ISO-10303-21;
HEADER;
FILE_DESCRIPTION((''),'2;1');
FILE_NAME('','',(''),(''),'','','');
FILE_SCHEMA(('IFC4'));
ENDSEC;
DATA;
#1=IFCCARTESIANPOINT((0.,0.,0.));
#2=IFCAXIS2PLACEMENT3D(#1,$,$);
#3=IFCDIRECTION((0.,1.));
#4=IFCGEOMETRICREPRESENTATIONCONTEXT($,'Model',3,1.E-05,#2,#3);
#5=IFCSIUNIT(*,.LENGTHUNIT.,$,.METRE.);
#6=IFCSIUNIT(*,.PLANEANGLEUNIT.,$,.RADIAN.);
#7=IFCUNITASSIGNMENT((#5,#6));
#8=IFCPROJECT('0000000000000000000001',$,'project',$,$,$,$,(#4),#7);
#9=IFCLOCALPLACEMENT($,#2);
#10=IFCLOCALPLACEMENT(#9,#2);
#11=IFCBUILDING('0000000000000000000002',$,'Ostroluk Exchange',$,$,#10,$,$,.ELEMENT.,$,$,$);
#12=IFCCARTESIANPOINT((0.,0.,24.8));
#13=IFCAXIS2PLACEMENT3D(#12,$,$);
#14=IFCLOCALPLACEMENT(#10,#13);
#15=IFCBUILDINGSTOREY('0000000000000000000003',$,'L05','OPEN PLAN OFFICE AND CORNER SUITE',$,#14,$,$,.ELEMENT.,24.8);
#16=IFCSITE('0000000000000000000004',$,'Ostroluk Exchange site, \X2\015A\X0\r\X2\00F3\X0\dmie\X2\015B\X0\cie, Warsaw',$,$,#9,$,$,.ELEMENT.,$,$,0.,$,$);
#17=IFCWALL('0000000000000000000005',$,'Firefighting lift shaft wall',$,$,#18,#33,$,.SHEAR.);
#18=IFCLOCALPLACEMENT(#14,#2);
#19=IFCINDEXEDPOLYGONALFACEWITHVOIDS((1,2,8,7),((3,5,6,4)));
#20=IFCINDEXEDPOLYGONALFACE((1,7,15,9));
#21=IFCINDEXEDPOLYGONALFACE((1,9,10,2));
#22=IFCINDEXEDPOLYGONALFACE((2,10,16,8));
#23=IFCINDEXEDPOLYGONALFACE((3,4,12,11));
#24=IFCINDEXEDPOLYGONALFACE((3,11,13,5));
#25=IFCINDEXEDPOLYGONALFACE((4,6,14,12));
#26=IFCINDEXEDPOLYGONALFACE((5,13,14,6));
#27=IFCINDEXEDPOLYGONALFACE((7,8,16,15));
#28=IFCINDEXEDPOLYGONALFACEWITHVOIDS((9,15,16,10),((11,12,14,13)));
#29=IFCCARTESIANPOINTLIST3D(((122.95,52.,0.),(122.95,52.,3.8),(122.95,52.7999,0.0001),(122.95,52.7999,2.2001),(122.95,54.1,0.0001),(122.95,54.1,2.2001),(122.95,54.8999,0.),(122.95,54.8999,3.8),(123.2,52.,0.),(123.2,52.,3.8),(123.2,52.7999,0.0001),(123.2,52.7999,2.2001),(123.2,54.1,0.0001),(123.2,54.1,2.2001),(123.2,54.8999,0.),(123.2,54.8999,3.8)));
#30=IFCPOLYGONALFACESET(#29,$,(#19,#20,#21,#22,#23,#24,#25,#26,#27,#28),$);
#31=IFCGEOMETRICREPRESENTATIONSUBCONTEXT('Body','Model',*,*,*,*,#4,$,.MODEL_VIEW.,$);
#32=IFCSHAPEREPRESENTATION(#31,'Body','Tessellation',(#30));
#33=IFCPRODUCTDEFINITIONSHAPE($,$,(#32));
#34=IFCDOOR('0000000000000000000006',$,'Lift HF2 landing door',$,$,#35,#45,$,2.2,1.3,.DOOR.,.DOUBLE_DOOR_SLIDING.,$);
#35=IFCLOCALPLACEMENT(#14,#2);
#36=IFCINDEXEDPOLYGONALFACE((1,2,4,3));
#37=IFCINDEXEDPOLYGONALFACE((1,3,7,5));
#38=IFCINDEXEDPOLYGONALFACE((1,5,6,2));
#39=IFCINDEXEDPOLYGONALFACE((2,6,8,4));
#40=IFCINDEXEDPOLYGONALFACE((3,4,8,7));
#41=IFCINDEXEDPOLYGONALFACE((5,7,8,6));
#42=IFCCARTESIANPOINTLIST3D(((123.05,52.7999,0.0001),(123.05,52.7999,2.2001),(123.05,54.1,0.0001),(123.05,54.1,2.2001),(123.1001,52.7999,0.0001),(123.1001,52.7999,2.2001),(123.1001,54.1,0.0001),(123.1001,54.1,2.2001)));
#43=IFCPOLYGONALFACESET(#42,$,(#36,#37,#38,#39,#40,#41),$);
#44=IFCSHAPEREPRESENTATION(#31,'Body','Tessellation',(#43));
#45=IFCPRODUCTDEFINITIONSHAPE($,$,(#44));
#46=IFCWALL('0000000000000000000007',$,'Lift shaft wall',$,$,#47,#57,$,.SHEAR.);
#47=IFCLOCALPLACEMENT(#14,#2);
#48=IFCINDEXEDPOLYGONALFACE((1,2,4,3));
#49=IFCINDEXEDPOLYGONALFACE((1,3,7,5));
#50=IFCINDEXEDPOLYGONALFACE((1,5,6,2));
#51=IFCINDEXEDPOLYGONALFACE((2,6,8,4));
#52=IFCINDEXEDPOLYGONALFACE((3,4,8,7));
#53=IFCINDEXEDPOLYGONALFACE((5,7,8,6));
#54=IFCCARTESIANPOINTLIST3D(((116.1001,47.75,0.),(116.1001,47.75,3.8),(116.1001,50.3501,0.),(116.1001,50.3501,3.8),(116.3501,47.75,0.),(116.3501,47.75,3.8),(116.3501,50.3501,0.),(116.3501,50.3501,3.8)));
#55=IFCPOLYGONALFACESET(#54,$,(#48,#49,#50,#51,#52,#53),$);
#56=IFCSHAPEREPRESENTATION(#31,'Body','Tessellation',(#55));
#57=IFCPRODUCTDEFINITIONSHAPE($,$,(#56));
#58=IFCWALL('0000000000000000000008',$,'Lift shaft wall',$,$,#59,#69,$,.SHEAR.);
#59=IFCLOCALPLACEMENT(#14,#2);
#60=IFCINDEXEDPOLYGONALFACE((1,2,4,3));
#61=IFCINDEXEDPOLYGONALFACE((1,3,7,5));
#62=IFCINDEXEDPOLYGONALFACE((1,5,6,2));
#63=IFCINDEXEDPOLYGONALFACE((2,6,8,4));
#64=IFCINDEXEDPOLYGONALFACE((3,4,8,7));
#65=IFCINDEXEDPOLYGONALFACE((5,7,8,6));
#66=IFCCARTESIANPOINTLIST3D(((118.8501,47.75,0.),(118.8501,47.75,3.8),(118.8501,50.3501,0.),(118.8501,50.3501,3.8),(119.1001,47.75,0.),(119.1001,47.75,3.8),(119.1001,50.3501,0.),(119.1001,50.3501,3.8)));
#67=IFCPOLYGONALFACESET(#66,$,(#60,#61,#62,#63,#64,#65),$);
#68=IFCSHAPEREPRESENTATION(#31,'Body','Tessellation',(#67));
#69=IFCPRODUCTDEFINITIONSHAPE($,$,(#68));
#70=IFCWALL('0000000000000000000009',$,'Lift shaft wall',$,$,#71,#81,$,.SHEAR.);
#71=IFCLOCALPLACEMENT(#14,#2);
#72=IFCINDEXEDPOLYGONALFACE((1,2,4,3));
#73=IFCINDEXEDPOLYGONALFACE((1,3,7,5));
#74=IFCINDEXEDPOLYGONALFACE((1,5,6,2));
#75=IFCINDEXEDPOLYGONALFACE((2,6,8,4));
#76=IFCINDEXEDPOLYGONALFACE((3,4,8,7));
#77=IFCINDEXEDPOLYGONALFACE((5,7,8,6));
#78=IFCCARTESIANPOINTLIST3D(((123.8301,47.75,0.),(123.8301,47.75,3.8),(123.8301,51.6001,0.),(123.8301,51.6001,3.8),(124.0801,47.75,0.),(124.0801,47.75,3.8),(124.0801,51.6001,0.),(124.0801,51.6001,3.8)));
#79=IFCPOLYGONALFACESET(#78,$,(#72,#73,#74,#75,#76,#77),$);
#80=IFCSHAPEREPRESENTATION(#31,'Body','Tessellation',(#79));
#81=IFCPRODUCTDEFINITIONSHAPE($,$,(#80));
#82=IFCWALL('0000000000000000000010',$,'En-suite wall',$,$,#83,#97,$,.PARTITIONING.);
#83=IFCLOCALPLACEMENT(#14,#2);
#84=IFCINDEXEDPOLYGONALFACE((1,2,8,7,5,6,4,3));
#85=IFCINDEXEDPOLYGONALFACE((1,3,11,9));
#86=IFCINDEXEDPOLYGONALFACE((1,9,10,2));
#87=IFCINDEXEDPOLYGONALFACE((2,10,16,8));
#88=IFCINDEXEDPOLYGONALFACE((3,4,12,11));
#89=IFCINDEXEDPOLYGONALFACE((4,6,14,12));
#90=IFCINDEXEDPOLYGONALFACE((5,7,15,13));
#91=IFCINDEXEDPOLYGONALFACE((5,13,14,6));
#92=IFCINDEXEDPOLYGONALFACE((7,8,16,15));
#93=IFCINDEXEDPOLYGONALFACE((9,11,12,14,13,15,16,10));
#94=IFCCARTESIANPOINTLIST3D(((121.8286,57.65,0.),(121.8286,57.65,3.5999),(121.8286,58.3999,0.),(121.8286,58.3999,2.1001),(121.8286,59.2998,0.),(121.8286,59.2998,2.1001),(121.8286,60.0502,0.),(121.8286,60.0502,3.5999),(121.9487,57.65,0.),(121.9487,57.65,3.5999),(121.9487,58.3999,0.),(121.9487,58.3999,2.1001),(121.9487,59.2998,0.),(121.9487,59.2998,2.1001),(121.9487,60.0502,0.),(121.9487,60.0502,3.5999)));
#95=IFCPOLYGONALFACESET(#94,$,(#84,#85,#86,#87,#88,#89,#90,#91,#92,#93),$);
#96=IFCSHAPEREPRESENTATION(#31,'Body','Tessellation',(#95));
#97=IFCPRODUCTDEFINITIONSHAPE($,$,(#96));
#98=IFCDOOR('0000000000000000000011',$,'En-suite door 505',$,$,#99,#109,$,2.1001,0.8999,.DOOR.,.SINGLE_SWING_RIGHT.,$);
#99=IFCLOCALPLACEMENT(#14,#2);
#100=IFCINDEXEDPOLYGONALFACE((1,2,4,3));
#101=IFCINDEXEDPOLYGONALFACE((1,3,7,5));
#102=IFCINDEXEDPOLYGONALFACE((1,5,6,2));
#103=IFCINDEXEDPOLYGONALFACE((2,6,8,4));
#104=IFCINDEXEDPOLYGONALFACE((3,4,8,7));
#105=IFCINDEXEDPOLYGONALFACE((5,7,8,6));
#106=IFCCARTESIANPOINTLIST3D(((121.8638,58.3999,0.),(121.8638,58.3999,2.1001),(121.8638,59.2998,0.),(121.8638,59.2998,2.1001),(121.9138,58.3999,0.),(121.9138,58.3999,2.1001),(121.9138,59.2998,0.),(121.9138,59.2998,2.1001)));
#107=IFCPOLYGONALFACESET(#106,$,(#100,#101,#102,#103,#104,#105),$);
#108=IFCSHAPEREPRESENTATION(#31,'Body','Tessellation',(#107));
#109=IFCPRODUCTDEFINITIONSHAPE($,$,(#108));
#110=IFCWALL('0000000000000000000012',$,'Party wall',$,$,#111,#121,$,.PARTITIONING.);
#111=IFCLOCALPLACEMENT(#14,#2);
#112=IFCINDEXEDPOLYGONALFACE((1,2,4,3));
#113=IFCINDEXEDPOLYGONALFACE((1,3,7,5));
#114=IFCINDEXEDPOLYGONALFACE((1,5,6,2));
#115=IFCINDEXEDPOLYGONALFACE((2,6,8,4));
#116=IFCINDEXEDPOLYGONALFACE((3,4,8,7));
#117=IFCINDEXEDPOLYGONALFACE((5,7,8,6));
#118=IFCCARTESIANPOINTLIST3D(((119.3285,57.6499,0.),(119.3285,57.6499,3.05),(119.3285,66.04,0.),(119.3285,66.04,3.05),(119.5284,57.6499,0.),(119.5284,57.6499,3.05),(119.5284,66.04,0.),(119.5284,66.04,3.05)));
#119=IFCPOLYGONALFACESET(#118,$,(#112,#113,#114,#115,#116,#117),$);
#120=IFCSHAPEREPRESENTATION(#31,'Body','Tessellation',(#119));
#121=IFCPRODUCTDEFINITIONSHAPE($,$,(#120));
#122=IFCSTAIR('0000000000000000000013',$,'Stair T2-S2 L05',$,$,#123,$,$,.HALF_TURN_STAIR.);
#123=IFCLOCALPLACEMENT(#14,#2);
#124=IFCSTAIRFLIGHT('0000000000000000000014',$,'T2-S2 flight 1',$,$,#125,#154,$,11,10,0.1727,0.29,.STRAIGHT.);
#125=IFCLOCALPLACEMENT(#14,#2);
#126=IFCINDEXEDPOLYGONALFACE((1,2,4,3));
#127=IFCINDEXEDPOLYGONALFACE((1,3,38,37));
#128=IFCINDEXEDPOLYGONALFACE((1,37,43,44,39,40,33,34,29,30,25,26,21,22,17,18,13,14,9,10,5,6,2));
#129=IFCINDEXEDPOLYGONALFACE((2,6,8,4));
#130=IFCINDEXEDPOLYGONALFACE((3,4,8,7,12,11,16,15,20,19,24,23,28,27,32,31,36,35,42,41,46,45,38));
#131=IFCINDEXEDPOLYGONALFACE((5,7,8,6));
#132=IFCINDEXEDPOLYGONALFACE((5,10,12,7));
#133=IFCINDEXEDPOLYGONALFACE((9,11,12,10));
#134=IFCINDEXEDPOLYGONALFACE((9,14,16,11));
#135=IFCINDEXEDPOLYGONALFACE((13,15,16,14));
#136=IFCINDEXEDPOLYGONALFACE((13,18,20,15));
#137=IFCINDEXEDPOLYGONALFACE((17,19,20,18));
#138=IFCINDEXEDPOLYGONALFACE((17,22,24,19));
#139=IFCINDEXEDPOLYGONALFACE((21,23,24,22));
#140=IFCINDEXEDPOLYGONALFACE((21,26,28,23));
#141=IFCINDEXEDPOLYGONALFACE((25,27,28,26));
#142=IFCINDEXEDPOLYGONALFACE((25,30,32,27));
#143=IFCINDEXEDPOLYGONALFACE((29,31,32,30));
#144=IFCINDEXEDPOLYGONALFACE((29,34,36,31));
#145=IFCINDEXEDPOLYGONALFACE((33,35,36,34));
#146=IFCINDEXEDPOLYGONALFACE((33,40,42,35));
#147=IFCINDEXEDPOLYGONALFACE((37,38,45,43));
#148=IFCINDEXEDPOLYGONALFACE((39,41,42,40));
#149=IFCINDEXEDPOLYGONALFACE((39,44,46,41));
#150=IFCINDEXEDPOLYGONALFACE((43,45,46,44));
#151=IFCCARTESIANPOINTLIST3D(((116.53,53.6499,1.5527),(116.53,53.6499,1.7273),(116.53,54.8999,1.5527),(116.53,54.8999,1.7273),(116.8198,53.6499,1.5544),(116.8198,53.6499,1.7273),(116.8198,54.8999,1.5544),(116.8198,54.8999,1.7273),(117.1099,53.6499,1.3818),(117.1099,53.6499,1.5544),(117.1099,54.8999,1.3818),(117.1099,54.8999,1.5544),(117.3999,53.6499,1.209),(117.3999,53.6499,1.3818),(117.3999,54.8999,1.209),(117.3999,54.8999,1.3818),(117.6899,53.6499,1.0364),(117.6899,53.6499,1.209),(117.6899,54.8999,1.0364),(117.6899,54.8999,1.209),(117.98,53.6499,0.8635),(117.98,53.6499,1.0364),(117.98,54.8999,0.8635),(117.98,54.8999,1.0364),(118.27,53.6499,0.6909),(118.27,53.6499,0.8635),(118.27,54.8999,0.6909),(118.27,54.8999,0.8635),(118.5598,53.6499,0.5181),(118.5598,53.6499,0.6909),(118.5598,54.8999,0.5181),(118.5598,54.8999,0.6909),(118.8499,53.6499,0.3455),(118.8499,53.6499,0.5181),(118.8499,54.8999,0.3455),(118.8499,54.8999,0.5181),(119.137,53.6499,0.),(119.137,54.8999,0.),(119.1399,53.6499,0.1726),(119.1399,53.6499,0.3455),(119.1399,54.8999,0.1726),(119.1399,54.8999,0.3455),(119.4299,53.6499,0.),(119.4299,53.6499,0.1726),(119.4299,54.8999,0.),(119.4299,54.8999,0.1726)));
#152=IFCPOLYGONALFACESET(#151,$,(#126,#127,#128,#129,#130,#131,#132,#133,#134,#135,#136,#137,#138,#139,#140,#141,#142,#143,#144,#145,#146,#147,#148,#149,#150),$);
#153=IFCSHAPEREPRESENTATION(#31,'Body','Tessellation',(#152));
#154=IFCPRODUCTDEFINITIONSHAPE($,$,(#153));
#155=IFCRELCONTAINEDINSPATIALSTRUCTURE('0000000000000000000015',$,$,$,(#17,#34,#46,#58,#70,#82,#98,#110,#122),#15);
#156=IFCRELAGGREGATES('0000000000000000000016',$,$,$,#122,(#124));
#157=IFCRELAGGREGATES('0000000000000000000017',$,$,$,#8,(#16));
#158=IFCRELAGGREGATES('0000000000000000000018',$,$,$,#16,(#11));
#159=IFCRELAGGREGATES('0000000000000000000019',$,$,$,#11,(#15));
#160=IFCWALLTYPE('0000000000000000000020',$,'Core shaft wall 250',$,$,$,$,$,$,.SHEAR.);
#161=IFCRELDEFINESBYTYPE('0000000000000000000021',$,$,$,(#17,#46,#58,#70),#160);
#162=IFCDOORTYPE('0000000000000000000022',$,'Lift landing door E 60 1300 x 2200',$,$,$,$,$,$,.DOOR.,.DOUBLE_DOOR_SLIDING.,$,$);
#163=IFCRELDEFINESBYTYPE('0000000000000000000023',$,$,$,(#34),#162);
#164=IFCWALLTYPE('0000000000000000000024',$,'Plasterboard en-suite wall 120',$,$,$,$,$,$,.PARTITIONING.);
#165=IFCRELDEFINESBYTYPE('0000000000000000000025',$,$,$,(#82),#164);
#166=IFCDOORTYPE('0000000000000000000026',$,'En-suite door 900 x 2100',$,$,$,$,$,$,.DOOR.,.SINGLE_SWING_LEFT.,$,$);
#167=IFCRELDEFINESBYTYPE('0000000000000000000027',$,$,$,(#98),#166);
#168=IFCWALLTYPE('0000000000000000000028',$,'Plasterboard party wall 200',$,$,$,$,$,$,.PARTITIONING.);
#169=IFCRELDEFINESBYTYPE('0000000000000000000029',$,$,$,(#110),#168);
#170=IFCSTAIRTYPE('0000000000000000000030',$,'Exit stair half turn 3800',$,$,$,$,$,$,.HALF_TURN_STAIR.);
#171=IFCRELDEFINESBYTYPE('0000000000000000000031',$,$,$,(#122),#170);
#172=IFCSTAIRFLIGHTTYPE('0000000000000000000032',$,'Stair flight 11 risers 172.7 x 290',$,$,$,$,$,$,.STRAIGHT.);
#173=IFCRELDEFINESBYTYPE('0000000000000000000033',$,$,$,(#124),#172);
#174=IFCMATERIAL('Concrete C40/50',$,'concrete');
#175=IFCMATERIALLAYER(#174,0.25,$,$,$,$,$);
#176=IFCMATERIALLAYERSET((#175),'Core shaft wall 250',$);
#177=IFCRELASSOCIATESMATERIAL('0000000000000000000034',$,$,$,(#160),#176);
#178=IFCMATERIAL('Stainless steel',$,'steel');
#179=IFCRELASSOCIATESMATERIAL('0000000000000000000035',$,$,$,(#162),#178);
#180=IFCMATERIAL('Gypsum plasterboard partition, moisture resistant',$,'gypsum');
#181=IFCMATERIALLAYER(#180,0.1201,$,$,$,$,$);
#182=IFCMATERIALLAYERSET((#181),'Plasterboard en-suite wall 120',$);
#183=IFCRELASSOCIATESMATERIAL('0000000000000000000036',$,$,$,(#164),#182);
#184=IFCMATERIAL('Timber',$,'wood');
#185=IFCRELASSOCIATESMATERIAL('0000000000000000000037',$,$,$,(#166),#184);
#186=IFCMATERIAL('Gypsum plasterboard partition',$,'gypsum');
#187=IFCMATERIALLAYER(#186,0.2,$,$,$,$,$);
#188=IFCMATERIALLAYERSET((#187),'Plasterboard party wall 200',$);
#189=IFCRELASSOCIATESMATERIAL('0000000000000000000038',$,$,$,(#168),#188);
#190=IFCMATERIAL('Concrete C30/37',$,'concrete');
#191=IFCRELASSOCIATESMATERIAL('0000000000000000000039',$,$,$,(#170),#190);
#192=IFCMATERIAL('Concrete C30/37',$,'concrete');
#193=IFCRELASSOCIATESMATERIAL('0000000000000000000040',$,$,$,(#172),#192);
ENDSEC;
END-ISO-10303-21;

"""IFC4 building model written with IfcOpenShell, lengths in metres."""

from ifc_helpers import new_model, si_unit, direction, frame, frame_2d, origin, place, context, subcontext, project, spatial, polyline, rectangle, outline, extrude, material, layer, layer_set, type_object, element, fill, aggregate, save


model = new_model("IFC4")

# Units and contexts
model_context = context("Model", 3, precision=1e-05, world=origin(), true_north=direction((0.0, 1.0)))
body_context = subcontext(model_context, "Body", "Model", "MODEL_VIEW")
ifc_project = project(units=[si_unit("LENGTHUNIT", "METRE"), si_unit("PLANEANGLEUNIT", "RADIAN")], contexts=[model_context])

# Site, building, storey
site_placement = place(None, origin())
site = spatial("IfcSite", under=ifc_project, at=site_placement, Name="Ostroluk Exchange site, Śródmieście, Warsaw", CompositionType="ELEMENT", RefElevation=0.0)
building_placement = place(site_placement, origin())
building = spatial("IfcBuilding", under=site, at=building_placement, Name="Ostroluk Exchange", CompositionType="ELEMENT")
storey_placement = place(building_placement, frame((0.0, 0.0, 24.8)))
storey = spatial("IfcBuildingStorey", under=building, at=storey_placement, Name="L05", Description="OPEN PLAN OFFICE AND CORNER SUITE", CompositionType="ELEMENT", Elevation=24.8)

# Wall, opening, door
ifc_material_1 = material(Name="Concrete C40/50", Category="concrete")
ifc_layer_1 = layer(ifc_material_1, 0.25)
ifc_layer_set_1 = layer_set([ifc_layer_1], Name="Core shaft wall 250")
wall_type_1 = type_object("IfcWallType", Name="Core shaft wall 250", PredefinedType="SHEAR", material=ifc_layer_set_1)
wall_1_placement = place(storey_placement, frame((123.075, 52.0, 0.0), z_axis=(0.0, 0.0, 1.0), x_axis=(0.0, 1.0, 0.0)))
wall_1 = element("IfcWall", 1, at=wall_1_placement, inside=storey, type_object=wall_type_1, Name="Firefighting lift shaft wall", PredefinedType="SHEAR", context=body_context, shape_type="SweptSolid", body=[
    extrude(rectangle(XDim=2.8999, YDim=0.25, at=frame_2d((1.45, 0.0))), origin(), (0.0, 0.0, 1.0), 3.8),
])
opening_1_placement = place(wall_1_placement, frame((0.8, 0.0, 0.0)))
opening_1 = element("IfcOpeningElement", 2, at=opening_1_placement, cuts=wall_1, PredefinedType="OPENING", context=body_context, shape_type="SweptSolid", body=[
    extrude(rectangle(XDim=1.3, YDim=2.2, at=frame_2d((0.6499, 1.1001))), frame((0.0, 0.135, 0.0), z_axis=(0.0, -1.0, 0.0), x_axis=(1.0, 0.0, 0.0)), (0.0, 0.0, 1.0), 0.27),
])
ifc_material_2 = material(Name="Stainless steel", Category="steel")
door_type_1 = type_object("IfcDoorType", Name="Lift landing door E 60 1300 x 2200", OperationType="DOUBLE_DOOR_SLIDING", PredefinedType="DOOR", material=ifc_material_2)
door_1_placement = place(opening_1_placement, origin())
door_1 = element("IfcDoor", 3, at=door_1_placement, inside=storey, type_object=door_type_1, Name="Lift HF2 landing door", OperationType="DOUBLE_DOOR_SLIDING", OverallHeight=2.2, OverallWidth=1.3, PredefinedType="DOOR", context=body_context, shape_type="SweptSolid", body=[
    extrude(rectangle(XDim=1.3, YDim=2.2, at=frame_2d((0.6499, 1.1001))), frame((0.0, 0.0249, 0.0), z_axis=(0.0, -1.0, 0.0), x_axis=(1.0, 0.0, 0.0)), (0.0, 0.0, 1.0), 0.05),
])
fill(opening_1, door_1)

# Walls
for number, where, z_axis, x_axis, name in (
    (4, (116.2251, 47.75, 0.0), (0.0, 0.0, 1.0), (0.0, 1.0, 0.0), "Lift shaft wall"),
    (5, (118.9751, 47.75, 0.0), (0.0, 0.0, 1.0), (0.0, 1.0, 0.0), "Lift shaft wall"),
):
    element("IfcWall", number, at=place(storey_placement, frame(where, z_axis=z_axis, x_axis=x_axis)), inside=storey, type_object=wall_type_1, Name=name, PredefinedType="SHEAR", context=body_context, shape_type="SweptSolid", body=[
        extrude(rectangle(XDim=2.6001, YDim=0.25, at=frame_2d((1.3, 0.0))), origin(), (0.0, 0.0, 1.0), 3.8),
    ])
wall_2_placement = place(storey_placement, frame((123.9551, 47.75, 0.0), z_axis=(0.0, 0.0, 1.0), x_axis=(0.0, 1.0, 0.0)))
element("IfcWall", 6, at=wall_2_placement, inside=storey, type_object=wall_type_1, Name="Lift shaft wall", PredefinedType="SHEAR", context=body_context, shape_type="SweptSolid", body=[
    extrude(rectangle(XDim=3.8501, YDim=0.25, at=frame_2d((1.925, 0.0))), origin(), (0.0, 0.0, 1.0), 3.8),
])

# Wall, opening, door
ifc_material_3 = material(Name="Gypsum plasterboard partition, moisture resistant", Category="gypsum")
ifc_layer_2 = layer(ifc_material_3, 0.1201)
ifc_layer_set_2 = layer_set([ifc_layer_2], Name="Plasterboard en-suite wall 120")
wall_type_2 = type_object("IfcWallType", Name="Plasterboard en-suite wall 120", PredefinedType="PARTITIONING", material=ifc_layer_set_2)
wall_3_placement = place(storey_placement, frame((121.8887, 57.6499, 0.0), z_axis=(0.0, 0.0, 1.0), x_axis=(0.0, 1.0, 0.0)))
wall_3 = element("IfcWall", 7, at=wall_3_placement, inside=storey, type_object=wall_type_2, Name="En-suite wall", PredefinedType="PARTITIONING", context=body_context, shape_type="SweptSolid", body=[
    extrude(rectangle(XDim=2.4001, YDim=0.1201, at=frame_2d((1.2002, 0.0))), origin(), (0.0, 0.0, 1.0), 3.5999),
])
opening_2_placement = place(wall_3_placement, frame((0.75, 0.0, 0.0)))
opening_2 = element("IfcOpeningElement", 8, at=opening_2_placement, cuts=wall_3, PredefinedType="OPENING", context=body_context, shape_type="SweptSolid", body=[
    extrude(rectangle(XDim=0.8999, YDim=2.1001, at=frame_2d((0.45, 1.05))), frame((0.0, 0.0701, 0.0), z_axis=(0.0, -1.0, 0.0), x_axis=(1.0, 0.0, 0.0)), (0.0, 0.0, 1.0), 0.1401),
])
ifc_material_4 = material(Name="Timber", Category="wood")
door_type_2 = type_object("IfcDoorType", Name="En-suite door 900 x 2100", OperationType="SINGLE_SWING_LEFT", PredefinedType="DOOR", material=ifc_material_4)
door_2_placement = place(opening_2_placement, origin())
door_2 = element("IfcDoor", 9, at=door_2_placement, inside=storey, type_object=door_type_2, Name="En-suite door 505", OperationType="SINGLE_SWING_RIGHT", OverallHeight=2.1001, OverallWidth=0.8999, PredefinedType="DOOR", context=body_context, shape_type="SweptSolid", body=[
    extrude(rectangle(XDim=0.8999, YDim=2.1001, at=frame_2d((0.45, 1.05))), frame((0.0, 0.0249, 0.0), z_axis=(0.0, -1.0, 0.0), x_axis=(1.0, 0.0, 0.0)), (0.0, 0.0, 1.0), 0.05),
])
fill(opening_2, door_2)

# Wall
ifc_material_5 = material(Name="Gypsum plasterboard partition", Category="gypsum")
ifc_layer_3 = layer(ifc_material_5, 0.2)
ifc_layer_set_3 = layer_set([ifc_layer_3], Name="Plasterboard party wall 200")
wall_type_3 = type_object("IfcWallType", Name="Plasterboard party wall 200", PredefinedType="PARTITIONING", material=ifc_layer_set_3)
wall_4_placement = place(storey_placement, frame((119.4285, 57.6499, 0.0), z_axis=(0.0, 0.0, 1.0), x_axis=(0.0, 1.0, 0.0)))
element("IfcWall", 10, at=wall_4_placement, inside=storey, type_object=wall_type_3, Name="Party wall", PredefinedType="PARTITIONING", context=body_context, shape_type="SweptSolid", body=[
    extrude(rectangle(XDim=8.3901, YDim=0.2, at=frame_2d((4.1951, 0.0))), origin(), (0.0, 0.0, 1.0), 3.05),
])

# Stair, stair flight
ifc_material_6 = material(Name="Concrete C30/37", Category="concrete")
stair_type = type_object("IfcStairType", Name="Exit stair half turn 3800", PredefinedType="HALF_TURN_STAIR", material=ifc_material_6)
stair_placement = place(storey_placement, origin())
stair = element("IfcStair", 11, at=stair_placement, inside=storey, type_object=stair_type, Name="Stair T2-S2 L05", PredefinedType="HALF_TURN_STAIR")
ifc_material_7 = material(Name="Concrete C30/37", Category="concrete")
stair_flight_type = type_object("IfcStairFlightType", Name="Stair flight 11 risers 172.7 x 290", PredefinedType="STRAIGHT", material=ifc_material_7)
stair_flight_1_placement = place(storey_placement, frame((119.4299, 54.2749, 0.0), z_axis=(0.0, 0.0, 1.0), x_axis=(-1.0, 0.0, 0.0)))
stair_flight_1 = element("IfcStairFlight", 12, at=stair_flight_1_placement, type_object=stair_flight_type, Name="T2-S2 flight 1", NumberOfRisers=11, NumberOfTreads=10, PredefinedType="STRAIGHT", RiserHeight=0.1727, TreadLength=0.29, context=body_context, shape_type="SweptSolid", body=[
    extrude(outline(polyline([(0.0, 0.0), (0.0, 0.1726), (0.29, 0.1726), (0.29, 0.3455), (0.5801, 0.3455), (0.5801, 0.5181), (0.8701, 0.5181), (0.8701, 0.6909), (1.1599, 0.6909), (1.1599, 0.8635), (1.45, 0.8635), (1.45, 1.0364), (1.74, 1.0364), (1.74, 1.209), (2.03, 1.209), (2.03, 1.3818), (2.3201, 1.3818), (2.3201, 1.5544), (2.6101, 1.5544), (2.6101, 1.7273), (2.8999, 1.7273), (2.8999, 1.8999), (2.8999, 1.5527), (0.293, 0.0), (0.0, 0.0)])), frame((0.0, 0.625, 0.0), z_axis=(0.0, -1.0, 0.0), x_axis=(1.0, 0.0, 0.0)), (0.0, 0.0, 1.0), 1.25),
])
aggregate(stair, [stair_flight_1])

save(model, "model.ifc")
